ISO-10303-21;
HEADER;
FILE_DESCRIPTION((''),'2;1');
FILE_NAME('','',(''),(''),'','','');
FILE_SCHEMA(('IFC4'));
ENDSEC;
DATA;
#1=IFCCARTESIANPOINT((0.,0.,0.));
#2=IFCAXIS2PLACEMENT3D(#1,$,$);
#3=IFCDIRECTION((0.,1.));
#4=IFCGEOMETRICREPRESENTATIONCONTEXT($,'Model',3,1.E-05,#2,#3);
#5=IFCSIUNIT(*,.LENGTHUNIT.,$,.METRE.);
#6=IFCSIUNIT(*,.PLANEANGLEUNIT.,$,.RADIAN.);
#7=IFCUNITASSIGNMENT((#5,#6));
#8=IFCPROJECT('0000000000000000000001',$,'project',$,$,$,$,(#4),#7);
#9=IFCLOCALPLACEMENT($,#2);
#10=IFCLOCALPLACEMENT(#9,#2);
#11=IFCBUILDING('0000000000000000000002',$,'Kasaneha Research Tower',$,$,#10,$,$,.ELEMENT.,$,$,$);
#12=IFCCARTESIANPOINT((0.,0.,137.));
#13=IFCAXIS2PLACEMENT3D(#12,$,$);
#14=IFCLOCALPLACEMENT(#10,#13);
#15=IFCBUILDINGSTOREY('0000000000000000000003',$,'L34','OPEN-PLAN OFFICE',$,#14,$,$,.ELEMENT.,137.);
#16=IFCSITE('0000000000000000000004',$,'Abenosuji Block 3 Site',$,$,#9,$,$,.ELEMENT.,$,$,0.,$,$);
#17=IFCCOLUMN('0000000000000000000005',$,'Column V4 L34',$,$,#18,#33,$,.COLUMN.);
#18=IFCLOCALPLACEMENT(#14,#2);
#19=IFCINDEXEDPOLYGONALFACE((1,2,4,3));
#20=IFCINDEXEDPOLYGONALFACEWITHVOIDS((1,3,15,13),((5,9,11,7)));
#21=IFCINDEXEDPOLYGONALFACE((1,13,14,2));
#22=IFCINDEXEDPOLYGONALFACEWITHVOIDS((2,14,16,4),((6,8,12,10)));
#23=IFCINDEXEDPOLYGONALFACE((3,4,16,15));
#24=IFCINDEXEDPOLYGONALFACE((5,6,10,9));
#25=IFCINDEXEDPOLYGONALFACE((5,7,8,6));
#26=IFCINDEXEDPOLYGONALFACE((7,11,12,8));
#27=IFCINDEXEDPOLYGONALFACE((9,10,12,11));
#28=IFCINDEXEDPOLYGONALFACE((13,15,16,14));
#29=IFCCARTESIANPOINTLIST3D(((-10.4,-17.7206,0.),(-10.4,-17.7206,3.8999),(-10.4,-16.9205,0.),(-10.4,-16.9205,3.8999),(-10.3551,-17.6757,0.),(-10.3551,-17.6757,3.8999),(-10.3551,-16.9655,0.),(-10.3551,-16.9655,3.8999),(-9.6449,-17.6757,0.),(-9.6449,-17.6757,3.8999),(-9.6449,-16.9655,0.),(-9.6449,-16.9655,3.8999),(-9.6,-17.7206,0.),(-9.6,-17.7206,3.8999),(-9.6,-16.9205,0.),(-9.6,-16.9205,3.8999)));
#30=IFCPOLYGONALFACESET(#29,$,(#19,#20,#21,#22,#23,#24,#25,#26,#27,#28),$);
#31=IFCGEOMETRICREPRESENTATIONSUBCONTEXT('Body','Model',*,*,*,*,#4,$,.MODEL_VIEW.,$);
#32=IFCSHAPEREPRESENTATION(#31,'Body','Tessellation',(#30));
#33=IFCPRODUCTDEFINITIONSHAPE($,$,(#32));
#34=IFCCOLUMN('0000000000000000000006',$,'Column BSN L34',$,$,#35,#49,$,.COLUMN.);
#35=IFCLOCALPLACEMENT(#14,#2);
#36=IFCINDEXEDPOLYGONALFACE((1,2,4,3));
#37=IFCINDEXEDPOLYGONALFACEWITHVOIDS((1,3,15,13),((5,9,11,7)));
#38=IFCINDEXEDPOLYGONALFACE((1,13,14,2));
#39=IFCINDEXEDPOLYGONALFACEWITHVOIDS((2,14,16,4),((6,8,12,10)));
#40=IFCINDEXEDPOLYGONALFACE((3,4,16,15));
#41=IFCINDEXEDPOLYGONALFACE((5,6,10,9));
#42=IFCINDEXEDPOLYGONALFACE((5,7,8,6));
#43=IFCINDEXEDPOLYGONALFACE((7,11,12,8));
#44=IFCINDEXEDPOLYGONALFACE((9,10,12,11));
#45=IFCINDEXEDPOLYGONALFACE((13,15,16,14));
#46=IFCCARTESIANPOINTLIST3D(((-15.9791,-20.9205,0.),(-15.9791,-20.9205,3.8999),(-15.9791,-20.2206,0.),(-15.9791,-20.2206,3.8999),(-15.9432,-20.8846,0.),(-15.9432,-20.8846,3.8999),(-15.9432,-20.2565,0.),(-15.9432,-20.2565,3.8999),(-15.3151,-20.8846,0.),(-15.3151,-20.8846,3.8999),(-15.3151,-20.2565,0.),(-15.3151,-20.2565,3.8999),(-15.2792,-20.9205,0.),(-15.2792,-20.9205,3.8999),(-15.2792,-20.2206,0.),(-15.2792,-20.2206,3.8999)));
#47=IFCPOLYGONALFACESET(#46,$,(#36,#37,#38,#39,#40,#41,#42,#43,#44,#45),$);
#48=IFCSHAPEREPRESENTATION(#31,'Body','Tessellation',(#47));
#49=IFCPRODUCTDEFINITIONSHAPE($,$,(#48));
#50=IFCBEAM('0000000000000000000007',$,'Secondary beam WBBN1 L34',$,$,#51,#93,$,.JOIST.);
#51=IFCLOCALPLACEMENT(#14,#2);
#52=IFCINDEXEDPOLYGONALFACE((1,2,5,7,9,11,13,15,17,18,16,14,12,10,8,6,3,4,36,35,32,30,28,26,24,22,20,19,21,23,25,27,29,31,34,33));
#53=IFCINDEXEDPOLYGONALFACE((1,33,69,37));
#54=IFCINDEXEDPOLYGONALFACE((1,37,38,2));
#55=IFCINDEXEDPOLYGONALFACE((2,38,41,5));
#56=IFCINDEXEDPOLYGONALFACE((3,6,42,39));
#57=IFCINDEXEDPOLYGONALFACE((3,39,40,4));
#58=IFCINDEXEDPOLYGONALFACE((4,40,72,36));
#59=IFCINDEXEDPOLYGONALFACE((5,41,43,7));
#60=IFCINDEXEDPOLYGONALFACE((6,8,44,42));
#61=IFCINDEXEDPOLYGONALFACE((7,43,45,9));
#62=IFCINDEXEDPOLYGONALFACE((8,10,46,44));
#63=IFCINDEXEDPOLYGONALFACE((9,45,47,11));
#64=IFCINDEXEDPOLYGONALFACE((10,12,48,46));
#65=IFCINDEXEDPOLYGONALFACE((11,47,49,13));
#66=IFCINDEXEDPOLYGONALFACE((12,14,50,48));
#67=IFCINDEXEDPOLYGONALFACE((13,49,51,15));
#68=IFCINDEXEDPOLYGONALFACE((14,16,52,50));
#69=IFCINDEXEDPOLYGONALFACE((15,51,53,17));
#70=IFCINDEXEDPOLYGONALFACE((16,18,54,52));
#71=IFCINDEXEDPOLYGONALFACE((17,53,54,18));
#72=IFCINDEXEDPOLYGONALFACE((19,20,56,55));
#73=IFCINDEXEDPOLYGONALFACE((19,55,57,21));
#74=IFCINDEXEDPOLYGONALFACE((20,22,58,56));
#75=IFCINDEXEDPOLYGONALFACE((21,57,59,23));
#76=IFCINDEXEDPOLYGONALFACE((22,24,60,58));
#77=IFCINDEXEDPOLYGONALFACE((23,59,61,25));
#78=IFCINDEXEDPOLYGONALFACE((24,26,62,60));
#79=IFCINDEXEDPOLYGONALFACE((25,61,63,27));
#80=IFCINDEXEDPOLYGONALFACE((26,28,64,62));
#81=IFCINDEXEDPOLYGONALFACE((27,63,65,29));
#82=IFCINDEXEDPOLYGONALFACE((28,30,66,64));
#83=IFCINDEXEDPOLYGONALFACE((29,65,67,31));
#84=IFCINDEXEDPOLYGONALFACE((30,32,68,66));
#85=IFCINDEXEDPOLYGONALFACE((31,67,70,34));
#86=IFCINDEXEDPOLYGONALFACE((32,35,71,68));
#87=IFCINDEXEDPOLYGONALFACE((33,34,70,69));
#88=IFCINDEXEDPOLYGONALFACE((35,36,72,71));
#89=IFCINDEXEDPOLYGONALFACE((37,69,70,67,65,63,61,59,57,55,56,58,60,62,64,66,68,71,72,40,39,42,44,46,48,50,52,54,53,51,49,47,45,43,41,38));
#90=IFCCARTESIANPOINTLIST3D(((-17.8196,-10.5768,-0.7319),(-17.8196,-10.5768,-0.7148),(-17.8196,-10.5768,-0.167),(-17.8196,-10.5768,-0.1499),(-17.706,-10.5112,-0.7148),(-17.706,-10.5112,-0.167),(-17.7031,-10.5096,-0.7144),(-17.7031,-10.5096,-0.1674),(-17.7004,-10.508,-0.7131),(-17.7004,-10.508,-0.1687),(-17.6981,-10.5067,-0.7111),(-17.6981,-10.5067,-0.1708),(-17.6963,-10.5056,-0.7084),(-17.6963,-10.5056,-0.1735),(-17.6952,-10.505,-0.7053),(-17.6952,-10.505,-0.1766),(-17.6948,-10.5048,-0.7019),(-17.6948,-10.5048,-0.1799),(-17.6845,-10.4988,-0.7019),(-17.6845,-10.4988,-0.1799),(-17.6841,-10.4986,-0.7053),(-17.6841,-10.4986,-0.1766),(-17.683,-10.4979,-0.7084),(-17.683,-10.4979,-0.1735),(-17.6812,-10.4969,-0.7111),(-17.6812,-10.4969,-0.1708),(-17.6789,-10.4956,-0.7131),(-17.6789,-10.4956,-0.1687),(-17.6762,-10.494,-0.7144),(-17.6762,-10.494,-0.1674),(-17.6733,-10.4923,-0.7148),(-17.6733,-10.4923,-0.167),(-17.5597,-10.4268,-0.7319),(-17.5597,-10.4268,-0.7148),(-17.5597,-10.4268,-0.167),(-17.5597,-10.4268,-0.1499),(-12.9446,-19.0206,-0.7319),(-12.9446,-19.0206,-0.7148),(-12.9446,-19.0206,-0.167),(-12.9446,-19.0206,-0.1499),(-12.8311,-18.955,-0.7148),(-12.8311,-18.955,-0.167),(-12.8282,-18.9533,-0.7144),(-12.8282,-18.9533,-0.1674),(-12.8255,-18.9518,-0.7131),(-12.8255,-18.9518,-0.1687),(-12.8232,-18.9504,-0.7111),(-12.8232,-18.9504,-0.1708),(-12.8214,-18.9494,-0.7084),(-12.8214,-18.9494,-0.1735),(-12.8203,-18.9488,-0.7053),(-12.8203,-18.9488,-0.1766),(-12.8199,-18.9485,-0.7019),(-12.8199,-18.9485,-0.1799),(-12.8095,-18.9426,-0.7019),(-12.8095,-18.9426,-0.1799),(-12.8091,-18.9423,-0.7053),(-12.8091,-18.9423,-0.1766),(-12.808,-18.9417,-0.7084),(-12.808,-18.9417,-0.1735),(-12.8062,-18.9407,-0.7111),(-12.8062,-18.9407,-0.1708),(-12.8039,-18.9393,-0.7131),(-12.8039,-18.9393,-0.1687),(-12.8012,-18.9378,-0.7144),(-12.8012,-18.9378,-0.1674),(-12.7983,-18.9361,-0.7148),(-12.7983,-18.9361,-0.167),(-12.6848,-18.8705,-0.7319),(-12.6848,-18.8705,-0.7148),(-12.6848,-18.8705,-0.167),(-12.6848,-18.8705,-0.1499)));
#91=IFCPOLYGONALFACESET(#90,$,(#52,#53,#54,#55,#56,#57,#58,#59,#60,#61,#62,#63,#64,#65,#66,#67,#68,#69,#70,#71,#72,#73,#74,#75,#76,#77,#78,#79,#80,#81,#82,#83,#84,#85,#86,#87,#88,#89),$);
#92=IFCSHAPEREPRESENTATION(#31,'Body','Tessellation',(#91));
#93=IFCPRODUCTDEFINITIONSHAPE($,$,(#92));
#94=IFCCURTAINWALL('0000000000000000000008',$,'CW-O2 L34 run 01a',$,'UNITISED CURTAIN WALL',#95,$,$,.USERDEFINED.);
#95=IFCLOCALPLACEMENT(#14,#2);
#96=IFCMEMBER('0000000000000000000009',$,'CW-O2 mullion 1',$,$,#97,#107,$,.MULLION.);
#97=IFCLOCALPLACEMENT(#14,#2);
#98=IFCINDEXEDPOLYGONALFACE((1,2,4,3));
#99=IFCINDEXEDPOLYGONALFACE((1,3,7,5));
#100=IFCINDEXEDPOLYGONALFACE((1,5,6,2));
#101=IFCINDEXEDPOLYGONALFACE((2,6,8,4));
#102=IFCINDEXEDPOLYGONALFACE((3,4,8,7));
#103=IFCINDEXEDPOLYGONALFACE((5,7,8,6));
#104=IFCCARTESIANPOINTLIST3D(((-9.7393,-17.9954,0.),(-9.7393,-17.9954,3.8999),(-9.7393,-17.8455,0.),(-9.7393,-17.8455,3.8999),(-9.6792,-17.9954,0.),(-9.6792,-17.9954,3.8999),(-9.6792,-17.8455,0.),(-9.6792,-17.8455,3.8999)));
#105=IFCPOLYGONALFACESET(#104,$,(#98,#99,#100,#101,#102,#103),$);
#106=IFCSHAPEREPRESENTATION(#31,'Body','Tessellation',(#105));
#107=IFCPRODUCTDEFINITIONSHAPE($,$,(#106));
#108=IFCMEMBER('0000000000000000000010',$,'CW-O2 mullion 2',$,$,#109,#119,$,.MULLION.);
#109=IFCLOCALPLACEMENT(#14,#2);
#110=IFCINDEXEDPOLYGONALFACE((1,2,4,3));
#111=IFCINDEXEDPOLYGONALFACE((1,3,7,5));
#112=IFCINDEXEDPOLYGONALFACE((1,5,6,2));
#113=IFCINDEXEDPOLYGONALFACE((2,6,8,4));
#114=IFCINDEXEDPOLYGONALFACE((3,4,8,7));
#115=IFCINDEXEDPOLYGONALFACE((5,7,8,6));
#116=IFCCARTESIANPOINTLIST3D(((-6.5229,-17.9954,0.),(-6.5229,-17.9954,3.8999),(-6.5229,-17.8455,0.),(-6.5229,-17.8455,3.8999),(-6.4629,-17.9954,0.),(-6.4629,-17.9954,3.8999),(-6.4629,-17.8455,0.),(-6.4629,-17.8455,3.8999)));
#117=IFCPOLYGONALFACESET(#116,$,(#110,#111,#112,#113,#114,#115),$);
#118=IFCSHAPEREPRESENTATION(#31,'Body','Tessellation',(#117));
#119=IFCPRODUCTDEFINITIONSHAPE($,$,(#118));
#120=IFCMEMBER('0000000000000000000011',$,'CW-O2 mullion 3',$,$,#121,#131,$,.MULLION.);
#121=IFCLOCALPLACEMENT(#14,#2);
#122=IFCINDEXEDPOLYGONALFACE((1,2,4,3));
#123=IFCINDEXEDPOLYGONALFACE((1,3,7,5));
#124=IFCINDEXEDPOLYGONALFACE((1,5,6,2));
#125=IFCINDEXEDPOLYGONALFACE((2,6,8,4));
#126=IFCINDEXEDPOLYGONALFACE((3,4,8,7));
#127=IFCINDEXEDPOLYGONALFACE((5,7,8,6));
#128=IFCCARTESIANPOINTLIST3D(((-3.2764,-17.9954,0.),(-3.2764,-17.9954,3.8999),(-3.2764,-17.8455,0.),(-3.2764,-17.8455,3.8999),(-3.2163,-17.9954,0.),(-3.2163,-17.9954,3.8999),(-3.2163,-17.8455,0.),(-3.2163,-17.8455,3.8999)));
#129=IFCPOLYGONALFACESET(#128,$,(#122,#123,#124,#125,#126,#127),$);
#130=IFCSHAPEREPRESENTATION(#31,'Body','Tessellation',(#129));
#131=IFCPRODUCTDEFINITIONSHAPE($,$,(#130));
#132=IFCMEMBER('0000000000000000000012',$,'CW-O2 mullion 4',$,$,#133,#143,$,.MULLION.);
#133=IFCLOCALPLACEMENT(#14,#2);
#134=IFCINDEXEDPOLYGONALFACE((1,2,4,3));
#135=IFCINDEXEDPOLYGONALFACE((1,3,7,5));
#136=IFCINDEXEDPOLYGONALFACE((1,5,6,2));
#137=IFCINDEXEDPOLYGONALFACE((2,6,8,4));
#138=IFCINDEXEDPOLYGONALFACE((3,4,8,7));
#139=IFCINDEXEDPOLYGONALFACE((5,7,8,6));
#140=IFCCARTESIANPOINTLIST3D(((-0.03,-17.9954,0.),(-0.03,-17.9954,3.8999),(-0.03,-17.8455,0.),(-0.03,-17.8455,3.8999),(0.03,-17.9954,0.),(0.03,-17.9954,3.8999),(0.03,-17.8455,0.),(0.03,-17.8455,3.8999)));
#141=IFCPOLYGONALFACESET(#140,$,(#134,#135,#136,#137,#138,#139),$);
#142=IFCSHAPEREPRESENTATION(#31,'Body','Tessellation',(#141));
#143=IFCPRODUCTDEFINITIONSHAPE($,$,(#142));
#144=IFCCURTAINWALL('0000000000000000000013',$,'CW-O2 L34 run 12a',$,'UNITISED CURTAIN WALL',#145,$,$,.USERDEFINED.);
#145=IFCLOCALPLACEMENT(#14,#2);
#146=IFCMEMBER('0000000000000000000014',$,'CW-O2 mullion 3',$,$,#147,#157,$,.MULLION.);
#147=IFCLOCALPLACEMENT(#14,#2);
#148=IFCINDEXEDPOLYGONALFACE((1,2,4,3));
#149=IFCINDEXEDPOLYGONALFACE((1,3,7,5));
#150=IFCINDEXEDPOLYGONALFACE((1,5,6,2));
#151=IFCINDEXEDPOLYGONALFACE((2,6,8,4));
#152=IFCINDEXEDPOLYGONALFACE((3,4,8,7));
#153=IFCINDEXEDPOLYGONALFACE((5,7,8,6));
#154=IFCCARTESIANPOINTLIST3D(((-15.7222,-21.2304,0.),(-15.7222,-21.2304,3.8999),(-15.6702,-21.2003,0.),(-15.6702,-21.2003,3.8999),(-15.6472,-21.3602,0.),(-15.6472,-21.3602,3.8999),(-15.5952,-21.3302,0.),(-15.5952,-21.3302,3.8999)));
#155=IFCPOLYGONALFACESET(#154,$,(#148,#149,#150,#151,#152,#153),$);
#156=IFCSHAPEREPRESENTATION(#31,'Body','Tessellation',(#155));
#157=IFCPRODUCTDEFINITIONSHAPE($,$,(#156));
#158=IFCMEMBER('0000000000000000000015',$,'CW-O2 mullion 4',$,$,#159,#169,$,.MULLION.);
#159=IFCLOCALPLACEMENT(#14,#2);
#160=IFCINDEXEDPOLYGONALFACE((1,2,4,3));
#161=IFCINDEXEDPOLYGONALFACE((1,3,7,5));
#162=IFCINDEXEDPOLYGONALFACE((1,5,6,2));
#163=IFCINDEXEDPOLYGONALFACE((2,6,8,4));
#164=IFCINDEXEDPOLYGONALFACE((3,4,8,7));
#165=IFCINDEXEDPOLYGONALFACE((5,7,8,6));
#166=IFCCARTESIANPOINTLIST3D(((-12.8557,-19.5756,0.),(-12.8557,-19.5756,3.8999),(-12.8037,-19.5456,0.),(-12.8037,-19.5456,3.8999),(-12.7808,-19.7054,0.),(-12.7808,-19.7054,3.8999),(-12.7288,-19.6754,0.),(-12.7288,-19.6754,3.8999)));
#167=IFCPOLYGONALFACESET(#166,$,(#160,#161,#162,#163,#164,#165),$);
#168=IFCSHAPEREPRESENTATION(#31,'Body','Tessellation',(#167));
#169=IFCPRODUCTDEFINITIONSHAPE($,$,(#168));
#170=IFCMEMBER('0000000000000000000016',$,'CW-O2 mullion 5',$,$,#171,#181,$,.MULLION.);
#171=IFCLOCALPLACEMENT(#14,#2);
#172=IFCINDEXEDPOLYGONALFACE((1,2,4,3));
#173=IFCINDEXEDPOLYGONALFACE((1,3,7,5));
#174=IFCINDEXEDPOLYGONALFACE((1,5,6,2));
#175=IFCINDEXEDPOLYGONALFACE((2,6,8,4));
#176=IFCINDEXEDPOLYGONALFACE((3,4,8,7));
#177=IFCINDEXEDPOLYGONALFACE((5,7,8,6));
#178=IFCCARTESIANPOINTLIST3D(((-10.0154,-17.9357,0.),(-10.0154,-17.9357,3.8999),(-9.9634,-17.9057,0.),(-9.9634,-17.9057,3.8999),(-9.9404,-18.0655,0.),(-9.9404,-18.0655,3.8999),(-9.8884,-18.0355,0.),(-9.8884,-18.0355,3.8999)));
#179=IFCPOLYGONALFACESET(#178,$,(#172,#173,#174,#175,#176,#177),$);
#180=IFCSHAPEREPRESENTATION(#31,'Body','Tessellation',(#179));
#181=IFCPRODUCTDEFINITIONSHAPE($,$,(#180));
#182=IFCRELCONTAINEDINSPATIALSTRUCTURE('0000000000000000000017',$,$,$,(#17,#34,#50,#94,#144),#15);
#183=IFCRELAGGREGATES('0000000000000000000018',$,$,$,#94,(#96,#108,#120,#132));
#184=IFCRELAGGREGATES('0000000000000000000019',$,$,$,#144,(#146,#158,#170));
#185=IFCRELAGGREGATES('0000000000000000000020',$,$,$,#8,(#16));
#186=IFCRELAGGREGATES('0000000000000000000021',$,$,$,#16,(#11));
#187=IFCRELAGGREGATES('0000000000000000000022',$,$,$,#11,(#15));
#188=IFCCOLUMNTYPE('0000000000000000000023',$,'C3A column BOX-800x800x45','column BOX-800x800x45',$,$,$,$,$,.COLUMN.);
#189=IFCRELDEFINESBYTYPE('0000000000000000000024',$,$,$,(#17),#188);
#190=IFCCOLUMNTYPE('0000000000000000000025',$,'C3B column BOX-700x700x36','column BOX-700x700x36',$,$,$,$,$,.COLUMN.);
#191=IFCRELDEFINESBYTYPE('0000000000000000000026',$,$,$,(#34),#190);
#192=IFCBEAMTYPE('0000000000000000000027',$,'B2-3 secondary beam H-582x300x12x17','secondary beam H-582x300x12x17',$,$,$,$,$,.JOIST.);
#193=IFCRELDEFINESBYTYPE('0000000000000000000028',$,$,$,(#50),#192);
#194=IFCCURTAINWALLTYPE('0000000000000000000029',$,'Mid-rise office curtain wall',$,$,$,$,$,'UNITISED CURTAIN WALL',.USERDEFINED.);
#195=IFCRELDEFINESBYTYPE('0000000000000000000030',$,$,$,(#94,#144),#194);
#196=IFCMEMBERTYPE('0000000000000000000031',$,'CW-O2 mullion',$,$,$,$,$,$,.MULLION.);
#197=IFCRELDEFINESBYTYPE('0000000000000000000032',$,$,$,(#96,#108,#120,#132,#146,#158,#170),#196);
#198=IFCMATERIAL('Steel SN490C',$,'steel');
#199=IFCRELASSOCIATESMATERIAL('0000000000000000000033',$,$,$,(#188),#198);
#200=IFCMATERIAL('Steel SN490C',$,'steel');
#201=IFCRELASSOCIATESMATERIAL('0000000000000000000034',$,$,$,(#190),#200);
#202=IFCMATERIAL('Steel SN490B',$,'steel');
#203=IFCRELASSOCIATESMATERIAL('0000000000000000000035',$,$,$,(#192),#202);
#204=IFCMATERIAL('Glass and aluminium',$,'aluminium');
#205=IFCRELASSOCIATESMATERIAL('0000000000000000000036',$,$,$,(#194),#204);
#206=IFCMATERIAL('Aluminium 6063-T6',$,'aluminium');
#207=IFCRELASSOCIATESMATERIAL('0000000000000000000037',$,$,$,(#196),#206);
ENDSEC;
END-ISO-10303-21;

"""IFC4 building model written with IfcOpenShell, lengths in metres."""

from ifc_helpers import new_model, si_unit, direction, frame, origin, origin_2d, place, context, subcontext, project, spatial, rectangle, hollow_rectangle, i_section, extrude, material, material_profile, profile_set, type_object, element, aggregate, save


model = new_model("IFC4")

# Units and contexts
model_context = context("Model", 3, precision=1e-05, world=origin(), true_north=direction((0.0, 1.0)))
body_context = subcontext(model_context, "Body", "Model", "MODEL_VIEW")
ifc_project = project(units=[si_unit("LENGTHUNIT", "METRE"), si_unit("PLANEANGLEUNIT", "RADIAN")], contexts=[model_context])

# Site, building, storey
site_placement = place(None, origin())
site = spatial("IfcSite", under=ifc_project, at=site_placement, Name="Abenosuji Block 3 Site", CompositionType="ELEMENT", RefElevation=0.0)
building_placement = place(site_placement, origin())
building = spatial("IfcBuilding", under=site, at=building_placement, Name="Kasaneha Research Tower", CompositionType="ELEMENT")
storey_placement = place(building_placement, frame((0.0, 0.0, 137.0)))
storey = spatial("IfcBuildingStorey", under=building, at=storey_placement, Name="L34", Description="OPEN-PLAN OFFICE", CompositionType="ELEMENT", Elevation=137.0)

# Columns
ifc_material_1 = material(Name="Steel SN490C", Category="steel")
ifc_material_profile_1 = material_profile(ifc_material_1, hollow_rectangle(XDim=0.8, YDim=0.8, WallThickness=0.0449, at=origin_2d()), Name="BOX-800x800x45")
ifc_profile_set_1 = profile_set([ifc_material_profile_1], Name="Steel SN490C")
column_type_1 = type_object("IfcColumnType", Name="C3A column BOX-800x800x45", Description="column BOX-800x800x45", PredefinedType="COLUMN", material=ifc_profile_set_1)
column_1_placement = place(storey_placement, frame((-10.0, -17.3206, 0.0), z_axis=(0.0, 0.0, 1.0), x_axis=(1.0, 0.0, 0.0)))
element("IfcColumn", 1, at=column_1_placement, inside=storey, type_object=column_type_1, Name="Column V4 L34", PredefinedType="COLUMN", context=body_context, shape_type="SweptSolid", body=[
    extrude(hollow_rectangle(XDim=0.8, YDim=0.8, WallThickness=0.0449, at=origin_2d()), origin(), (0.0, 0.0, 1.0), 3.8999),
])
ifc_material_2 = material(Name="Steel SN490C", Category="steel")
ifc_material_profile_2 = material_profile(ifc_material_2, hollow_rectangle(XDim=0.7, YDim=0.7, WallThickness=0.0359, at=origin_2d()), Name="BOX-700x700x36")
ifc_profile_set_2 = profile_set([ifc_material_profile_2], Name="Steel SN490C")
column_type_2 = type_object("IfcColumnType", Name="C3B column BOX-700x700x36", Description="column BOX-700x700x36", PredefinedType="COLUMN", material=ifc_profile_set_2)
column_2_placement = place(storey_placement, frame((-15.6292, -20.5706, 0.0), z_axis=(0.0, 0.0, 1.0), x_axis=(1.0, 0.0, 0.0)))
element("IfcColumn", 2, at=column_2_placement, inside=storey, type_object=column_type_2, Name="Column BSN L34", PredefinedType="COLUMN", context=body_context, shape_type="SweptSolid", body=[
    extrude(hollow_rectangle(XDim=0.7, YDim=0.7, WallThickness=0.0359, at=origin_2d()), origin(), (0.0, 0.0, 1.0), 3.8999),
])

# Beam
ifc_material_3 = material(Name="Steel SN490B", Category="steel")
ifc_material_profile_3 = material_profile(ifc_material_3, i_section(OverallWidth=0.3, OverallDepth=0.582, WebThickness=0.012, FlangeThickness=0.0171, FilletRadius=0.0129, at=origin_2d()), Name="H-582x300x12x17")
ifc_profile_set_3 = profile_set([ifc_material_profile_3], Name="Steel SN490B")
beam_type_1 = type_object("IfcBeamType", Name="B2-3 secondary beam H-582x300x12x17", Description="secondary beam H-582x300x12x17", PredefinedType="JOIST", material=ifc_profile_set_3)
beam_1_placement = place(storey_placement, frame((-12.8147, -18.9456, -0.4409), z_axis=(-0.499996, 0.866028, 0.0), x_axis=(-0.866028, -0.499996, 0.0)))
element("IfcBeam", 3, at=beam_1_placement, inside=storey, type_object=beam_type_1, Name="Secondary beam WBBN1 L34", PredefinedType="JOIST", context=body_context, shape_type="SweptSolid", body=[
    extrude(i_section(OverallWidth=0.3, OverallDepth=0.582, WebThickness=0.012, FlangeThickness=0.0171, FilletRadius=0.0129, at=origin_2d()), origin(), (0.0, 0.0, 1.0), 9.75),
])

# Curtain walls, members
ifc_material_4 = material(Name="Glass and aluminium", Category="aluminium")
curtain_wall_type = type_object("IfcCurtainWallType", Name="Mid-rise office curtain wall", ElementType="UNITISED CURTAIN WALL", PredefinedType="USERDEFINED", material=ifc_material_4)
curtain_wall_1_placement = place(storey_placement, origin())
curtain_wall_1 = element("IfcCurtainWall", 4, at=curtain_wall_1_placement, inside=storey, type_object=curtain_wall_type, Name="CW-O2 L34 run 01a", ObjectType="UNITISED CURTAIN WALL", PredefinedType="USERDEFINED")
ifc_material_5 = material(Name="Aluminium 6063-T6", Category="aluminium")
ifc_material_profile_4 = material_profile(ifc_material_5, rectangle(XDim=0.0601, YDim=0.1499, at=origin_2d()), Name="CW-O2 mullion 60x150")
ifc_profile_set_4 = profile_set([ifc_material_profile_4], Name="Aluminium 6063-T6")
member_type_1 = type_object("IfcMemberType", Name="CW-O2 mullion", PredefinedType="MULLION", material=ifc_profile_set_4)
member_1_placement = place(storey_placement, frame((-9.7092, -17.9204, 0.0), z_axis=(0.0, 0.0, 1.0), x_axis=(1.0, 0.0, 0.0)))
member_1 = element("IfcMember", 5, at=member_1_placement, type_object=member_type_1, Name="CW-O2 mullion 1", PredefinedType="MULLION", context=body_context, shape_type="SweptSolid", body=[
    extrude(rectangle(XDim=0.0601, YDim=0.1499, at=origin_2d()), origin(), (0.0, 0.0, 1.0), 3.8999),
])
member_2_placement = place(storey_placement, frame((-6.4929, -17.9204, 0.0), z_axis=(0.0, 0.0, 1.0), x_axis=(1.0, 0.0, 0.0)))
member_2 = element("IfcMember", 6, at=member_2_placement, type_object=member_type_1, Name="CW-O2 mullion 2", PredefinedType="MULLION", context=body_context, shape_type="SweptSolid", body=[
    extrude(rectangle(XDim=0.0601, YDim=0.1499, at=origin_2d()), origin(), (0.0, 0.0, 1.0), 3.8999),
])
member_3_placement = place(storey_placement, frame((-3.2463, -17.9204, 0.0), z_axis=(0.0, 0.0, 1.0), x_axis=(1.0, 0.0, 0.0)))
member_3 = element("IfcMember", 7, at=member_3_placement, type_object=member_type_1, Name="CW-O2 mullion 3", PredefinedType="MULLION", context=body_context, shape_type="SweptSolid", body=[
    extrude(rectangle(XDim=0.0601, YDim=0.1499, at=origin_2d()), origin(), (0.0, 0.0, 1.0), 3.8999),
])
member_4_placement = place(storey_placement, frame((0.0, -17.9204, 0.0), z_axis=(0.0, 0.0, 1.0), x_axis=(1.0, 0.0, 0.0)))
member_4 = element("IfcMember", 8, at=member_4_placement, type_object=member_type_1, Name="CW-O2 mullion 4", PredefinedType="MULLION", context=body_context, shape_type="SweptSolid", body=[
    extrude(rectangle(XDim=0.0601, YDim=0.1499, at=origin_2d()), origin(), (0.0, 0.0, 1.0), 3.8999),
])
curtain_wall_2_placement = place(storey_placement, origin())
curtain_wall_2 = element("IfcCurtainWall", 9, at=curtain_wall_2_placement, inside=storey, type_object=curtain_wall_type, Name="CW-O2 L34 run 12a", ObjectType="UNITISED CURTAIN WALL", PredefinedType="USERDEFINED")
member_5_placement = place(storey_placement, frame((-15.6587, -21.2803, 0.0), z_axis=(0.0, 0.0, 1.0), x_axis=(0.866025, 0.5, 0.0)))
member_5 = element("IfcMember", 10, at=member_5_placement, type_object=member_type_1, Name="CW-O2 mullion 3", PredefinedType="MULLION", context=body_context, shape_type="SweptSolid", body=[
    extrude(rectangle(XDim=0.0601, YDim=0.1499, at=origin_2d()), origin(), (0.0, 0.0, 1.0), 3.8999),
])
member_6_placement = place(storey_placement, frame((-12.7922, -19.6255, 0.0), z_axis=(0.0, 0.0, 1.0), x_axis=(0.866025, 0.5, 0.0)))
member_6 = element("IfcMember", 11, at=member_6_placement, type_object=member_type_1, Name="CW-O2 mullion 4", PredefinedType="MULLION", context=body_context, shape_type="SweptSolid", body=[
    extrude(rectangle(XDim=0.0601, YDim=0.1499, at=origin_2d()), origin(), (0.0, 0.0, 1.0), 3.8999),
])
member_7_placement = place(storey_placement, frame((-9.9519, -17.9856, 0.0), z_axis=(0.0, 0.0, 1.0), x_axis=(0.866025, 0.5, 0.0)))
member_7 = element("IfcMember", 12, at=member_7_placement, type_object=member_type_1, Name="CW-O2 mullion 5", PredefinedType="MULLION", context=body_context, shape_type="SweptSolid", body=[
    extrude(rectangle(XDim=0.0601, YDim=0.1499, at=origin_2d()), origin(), (0.0, 0.0, 1.0), 3.8999),
])

aggregate(curtain_wall_1, [member_1, member_2, member_3, member_4])
aggregate(curtain_wall_2, [member_5, member_6, member_7])

save(model, "model.ifc")
